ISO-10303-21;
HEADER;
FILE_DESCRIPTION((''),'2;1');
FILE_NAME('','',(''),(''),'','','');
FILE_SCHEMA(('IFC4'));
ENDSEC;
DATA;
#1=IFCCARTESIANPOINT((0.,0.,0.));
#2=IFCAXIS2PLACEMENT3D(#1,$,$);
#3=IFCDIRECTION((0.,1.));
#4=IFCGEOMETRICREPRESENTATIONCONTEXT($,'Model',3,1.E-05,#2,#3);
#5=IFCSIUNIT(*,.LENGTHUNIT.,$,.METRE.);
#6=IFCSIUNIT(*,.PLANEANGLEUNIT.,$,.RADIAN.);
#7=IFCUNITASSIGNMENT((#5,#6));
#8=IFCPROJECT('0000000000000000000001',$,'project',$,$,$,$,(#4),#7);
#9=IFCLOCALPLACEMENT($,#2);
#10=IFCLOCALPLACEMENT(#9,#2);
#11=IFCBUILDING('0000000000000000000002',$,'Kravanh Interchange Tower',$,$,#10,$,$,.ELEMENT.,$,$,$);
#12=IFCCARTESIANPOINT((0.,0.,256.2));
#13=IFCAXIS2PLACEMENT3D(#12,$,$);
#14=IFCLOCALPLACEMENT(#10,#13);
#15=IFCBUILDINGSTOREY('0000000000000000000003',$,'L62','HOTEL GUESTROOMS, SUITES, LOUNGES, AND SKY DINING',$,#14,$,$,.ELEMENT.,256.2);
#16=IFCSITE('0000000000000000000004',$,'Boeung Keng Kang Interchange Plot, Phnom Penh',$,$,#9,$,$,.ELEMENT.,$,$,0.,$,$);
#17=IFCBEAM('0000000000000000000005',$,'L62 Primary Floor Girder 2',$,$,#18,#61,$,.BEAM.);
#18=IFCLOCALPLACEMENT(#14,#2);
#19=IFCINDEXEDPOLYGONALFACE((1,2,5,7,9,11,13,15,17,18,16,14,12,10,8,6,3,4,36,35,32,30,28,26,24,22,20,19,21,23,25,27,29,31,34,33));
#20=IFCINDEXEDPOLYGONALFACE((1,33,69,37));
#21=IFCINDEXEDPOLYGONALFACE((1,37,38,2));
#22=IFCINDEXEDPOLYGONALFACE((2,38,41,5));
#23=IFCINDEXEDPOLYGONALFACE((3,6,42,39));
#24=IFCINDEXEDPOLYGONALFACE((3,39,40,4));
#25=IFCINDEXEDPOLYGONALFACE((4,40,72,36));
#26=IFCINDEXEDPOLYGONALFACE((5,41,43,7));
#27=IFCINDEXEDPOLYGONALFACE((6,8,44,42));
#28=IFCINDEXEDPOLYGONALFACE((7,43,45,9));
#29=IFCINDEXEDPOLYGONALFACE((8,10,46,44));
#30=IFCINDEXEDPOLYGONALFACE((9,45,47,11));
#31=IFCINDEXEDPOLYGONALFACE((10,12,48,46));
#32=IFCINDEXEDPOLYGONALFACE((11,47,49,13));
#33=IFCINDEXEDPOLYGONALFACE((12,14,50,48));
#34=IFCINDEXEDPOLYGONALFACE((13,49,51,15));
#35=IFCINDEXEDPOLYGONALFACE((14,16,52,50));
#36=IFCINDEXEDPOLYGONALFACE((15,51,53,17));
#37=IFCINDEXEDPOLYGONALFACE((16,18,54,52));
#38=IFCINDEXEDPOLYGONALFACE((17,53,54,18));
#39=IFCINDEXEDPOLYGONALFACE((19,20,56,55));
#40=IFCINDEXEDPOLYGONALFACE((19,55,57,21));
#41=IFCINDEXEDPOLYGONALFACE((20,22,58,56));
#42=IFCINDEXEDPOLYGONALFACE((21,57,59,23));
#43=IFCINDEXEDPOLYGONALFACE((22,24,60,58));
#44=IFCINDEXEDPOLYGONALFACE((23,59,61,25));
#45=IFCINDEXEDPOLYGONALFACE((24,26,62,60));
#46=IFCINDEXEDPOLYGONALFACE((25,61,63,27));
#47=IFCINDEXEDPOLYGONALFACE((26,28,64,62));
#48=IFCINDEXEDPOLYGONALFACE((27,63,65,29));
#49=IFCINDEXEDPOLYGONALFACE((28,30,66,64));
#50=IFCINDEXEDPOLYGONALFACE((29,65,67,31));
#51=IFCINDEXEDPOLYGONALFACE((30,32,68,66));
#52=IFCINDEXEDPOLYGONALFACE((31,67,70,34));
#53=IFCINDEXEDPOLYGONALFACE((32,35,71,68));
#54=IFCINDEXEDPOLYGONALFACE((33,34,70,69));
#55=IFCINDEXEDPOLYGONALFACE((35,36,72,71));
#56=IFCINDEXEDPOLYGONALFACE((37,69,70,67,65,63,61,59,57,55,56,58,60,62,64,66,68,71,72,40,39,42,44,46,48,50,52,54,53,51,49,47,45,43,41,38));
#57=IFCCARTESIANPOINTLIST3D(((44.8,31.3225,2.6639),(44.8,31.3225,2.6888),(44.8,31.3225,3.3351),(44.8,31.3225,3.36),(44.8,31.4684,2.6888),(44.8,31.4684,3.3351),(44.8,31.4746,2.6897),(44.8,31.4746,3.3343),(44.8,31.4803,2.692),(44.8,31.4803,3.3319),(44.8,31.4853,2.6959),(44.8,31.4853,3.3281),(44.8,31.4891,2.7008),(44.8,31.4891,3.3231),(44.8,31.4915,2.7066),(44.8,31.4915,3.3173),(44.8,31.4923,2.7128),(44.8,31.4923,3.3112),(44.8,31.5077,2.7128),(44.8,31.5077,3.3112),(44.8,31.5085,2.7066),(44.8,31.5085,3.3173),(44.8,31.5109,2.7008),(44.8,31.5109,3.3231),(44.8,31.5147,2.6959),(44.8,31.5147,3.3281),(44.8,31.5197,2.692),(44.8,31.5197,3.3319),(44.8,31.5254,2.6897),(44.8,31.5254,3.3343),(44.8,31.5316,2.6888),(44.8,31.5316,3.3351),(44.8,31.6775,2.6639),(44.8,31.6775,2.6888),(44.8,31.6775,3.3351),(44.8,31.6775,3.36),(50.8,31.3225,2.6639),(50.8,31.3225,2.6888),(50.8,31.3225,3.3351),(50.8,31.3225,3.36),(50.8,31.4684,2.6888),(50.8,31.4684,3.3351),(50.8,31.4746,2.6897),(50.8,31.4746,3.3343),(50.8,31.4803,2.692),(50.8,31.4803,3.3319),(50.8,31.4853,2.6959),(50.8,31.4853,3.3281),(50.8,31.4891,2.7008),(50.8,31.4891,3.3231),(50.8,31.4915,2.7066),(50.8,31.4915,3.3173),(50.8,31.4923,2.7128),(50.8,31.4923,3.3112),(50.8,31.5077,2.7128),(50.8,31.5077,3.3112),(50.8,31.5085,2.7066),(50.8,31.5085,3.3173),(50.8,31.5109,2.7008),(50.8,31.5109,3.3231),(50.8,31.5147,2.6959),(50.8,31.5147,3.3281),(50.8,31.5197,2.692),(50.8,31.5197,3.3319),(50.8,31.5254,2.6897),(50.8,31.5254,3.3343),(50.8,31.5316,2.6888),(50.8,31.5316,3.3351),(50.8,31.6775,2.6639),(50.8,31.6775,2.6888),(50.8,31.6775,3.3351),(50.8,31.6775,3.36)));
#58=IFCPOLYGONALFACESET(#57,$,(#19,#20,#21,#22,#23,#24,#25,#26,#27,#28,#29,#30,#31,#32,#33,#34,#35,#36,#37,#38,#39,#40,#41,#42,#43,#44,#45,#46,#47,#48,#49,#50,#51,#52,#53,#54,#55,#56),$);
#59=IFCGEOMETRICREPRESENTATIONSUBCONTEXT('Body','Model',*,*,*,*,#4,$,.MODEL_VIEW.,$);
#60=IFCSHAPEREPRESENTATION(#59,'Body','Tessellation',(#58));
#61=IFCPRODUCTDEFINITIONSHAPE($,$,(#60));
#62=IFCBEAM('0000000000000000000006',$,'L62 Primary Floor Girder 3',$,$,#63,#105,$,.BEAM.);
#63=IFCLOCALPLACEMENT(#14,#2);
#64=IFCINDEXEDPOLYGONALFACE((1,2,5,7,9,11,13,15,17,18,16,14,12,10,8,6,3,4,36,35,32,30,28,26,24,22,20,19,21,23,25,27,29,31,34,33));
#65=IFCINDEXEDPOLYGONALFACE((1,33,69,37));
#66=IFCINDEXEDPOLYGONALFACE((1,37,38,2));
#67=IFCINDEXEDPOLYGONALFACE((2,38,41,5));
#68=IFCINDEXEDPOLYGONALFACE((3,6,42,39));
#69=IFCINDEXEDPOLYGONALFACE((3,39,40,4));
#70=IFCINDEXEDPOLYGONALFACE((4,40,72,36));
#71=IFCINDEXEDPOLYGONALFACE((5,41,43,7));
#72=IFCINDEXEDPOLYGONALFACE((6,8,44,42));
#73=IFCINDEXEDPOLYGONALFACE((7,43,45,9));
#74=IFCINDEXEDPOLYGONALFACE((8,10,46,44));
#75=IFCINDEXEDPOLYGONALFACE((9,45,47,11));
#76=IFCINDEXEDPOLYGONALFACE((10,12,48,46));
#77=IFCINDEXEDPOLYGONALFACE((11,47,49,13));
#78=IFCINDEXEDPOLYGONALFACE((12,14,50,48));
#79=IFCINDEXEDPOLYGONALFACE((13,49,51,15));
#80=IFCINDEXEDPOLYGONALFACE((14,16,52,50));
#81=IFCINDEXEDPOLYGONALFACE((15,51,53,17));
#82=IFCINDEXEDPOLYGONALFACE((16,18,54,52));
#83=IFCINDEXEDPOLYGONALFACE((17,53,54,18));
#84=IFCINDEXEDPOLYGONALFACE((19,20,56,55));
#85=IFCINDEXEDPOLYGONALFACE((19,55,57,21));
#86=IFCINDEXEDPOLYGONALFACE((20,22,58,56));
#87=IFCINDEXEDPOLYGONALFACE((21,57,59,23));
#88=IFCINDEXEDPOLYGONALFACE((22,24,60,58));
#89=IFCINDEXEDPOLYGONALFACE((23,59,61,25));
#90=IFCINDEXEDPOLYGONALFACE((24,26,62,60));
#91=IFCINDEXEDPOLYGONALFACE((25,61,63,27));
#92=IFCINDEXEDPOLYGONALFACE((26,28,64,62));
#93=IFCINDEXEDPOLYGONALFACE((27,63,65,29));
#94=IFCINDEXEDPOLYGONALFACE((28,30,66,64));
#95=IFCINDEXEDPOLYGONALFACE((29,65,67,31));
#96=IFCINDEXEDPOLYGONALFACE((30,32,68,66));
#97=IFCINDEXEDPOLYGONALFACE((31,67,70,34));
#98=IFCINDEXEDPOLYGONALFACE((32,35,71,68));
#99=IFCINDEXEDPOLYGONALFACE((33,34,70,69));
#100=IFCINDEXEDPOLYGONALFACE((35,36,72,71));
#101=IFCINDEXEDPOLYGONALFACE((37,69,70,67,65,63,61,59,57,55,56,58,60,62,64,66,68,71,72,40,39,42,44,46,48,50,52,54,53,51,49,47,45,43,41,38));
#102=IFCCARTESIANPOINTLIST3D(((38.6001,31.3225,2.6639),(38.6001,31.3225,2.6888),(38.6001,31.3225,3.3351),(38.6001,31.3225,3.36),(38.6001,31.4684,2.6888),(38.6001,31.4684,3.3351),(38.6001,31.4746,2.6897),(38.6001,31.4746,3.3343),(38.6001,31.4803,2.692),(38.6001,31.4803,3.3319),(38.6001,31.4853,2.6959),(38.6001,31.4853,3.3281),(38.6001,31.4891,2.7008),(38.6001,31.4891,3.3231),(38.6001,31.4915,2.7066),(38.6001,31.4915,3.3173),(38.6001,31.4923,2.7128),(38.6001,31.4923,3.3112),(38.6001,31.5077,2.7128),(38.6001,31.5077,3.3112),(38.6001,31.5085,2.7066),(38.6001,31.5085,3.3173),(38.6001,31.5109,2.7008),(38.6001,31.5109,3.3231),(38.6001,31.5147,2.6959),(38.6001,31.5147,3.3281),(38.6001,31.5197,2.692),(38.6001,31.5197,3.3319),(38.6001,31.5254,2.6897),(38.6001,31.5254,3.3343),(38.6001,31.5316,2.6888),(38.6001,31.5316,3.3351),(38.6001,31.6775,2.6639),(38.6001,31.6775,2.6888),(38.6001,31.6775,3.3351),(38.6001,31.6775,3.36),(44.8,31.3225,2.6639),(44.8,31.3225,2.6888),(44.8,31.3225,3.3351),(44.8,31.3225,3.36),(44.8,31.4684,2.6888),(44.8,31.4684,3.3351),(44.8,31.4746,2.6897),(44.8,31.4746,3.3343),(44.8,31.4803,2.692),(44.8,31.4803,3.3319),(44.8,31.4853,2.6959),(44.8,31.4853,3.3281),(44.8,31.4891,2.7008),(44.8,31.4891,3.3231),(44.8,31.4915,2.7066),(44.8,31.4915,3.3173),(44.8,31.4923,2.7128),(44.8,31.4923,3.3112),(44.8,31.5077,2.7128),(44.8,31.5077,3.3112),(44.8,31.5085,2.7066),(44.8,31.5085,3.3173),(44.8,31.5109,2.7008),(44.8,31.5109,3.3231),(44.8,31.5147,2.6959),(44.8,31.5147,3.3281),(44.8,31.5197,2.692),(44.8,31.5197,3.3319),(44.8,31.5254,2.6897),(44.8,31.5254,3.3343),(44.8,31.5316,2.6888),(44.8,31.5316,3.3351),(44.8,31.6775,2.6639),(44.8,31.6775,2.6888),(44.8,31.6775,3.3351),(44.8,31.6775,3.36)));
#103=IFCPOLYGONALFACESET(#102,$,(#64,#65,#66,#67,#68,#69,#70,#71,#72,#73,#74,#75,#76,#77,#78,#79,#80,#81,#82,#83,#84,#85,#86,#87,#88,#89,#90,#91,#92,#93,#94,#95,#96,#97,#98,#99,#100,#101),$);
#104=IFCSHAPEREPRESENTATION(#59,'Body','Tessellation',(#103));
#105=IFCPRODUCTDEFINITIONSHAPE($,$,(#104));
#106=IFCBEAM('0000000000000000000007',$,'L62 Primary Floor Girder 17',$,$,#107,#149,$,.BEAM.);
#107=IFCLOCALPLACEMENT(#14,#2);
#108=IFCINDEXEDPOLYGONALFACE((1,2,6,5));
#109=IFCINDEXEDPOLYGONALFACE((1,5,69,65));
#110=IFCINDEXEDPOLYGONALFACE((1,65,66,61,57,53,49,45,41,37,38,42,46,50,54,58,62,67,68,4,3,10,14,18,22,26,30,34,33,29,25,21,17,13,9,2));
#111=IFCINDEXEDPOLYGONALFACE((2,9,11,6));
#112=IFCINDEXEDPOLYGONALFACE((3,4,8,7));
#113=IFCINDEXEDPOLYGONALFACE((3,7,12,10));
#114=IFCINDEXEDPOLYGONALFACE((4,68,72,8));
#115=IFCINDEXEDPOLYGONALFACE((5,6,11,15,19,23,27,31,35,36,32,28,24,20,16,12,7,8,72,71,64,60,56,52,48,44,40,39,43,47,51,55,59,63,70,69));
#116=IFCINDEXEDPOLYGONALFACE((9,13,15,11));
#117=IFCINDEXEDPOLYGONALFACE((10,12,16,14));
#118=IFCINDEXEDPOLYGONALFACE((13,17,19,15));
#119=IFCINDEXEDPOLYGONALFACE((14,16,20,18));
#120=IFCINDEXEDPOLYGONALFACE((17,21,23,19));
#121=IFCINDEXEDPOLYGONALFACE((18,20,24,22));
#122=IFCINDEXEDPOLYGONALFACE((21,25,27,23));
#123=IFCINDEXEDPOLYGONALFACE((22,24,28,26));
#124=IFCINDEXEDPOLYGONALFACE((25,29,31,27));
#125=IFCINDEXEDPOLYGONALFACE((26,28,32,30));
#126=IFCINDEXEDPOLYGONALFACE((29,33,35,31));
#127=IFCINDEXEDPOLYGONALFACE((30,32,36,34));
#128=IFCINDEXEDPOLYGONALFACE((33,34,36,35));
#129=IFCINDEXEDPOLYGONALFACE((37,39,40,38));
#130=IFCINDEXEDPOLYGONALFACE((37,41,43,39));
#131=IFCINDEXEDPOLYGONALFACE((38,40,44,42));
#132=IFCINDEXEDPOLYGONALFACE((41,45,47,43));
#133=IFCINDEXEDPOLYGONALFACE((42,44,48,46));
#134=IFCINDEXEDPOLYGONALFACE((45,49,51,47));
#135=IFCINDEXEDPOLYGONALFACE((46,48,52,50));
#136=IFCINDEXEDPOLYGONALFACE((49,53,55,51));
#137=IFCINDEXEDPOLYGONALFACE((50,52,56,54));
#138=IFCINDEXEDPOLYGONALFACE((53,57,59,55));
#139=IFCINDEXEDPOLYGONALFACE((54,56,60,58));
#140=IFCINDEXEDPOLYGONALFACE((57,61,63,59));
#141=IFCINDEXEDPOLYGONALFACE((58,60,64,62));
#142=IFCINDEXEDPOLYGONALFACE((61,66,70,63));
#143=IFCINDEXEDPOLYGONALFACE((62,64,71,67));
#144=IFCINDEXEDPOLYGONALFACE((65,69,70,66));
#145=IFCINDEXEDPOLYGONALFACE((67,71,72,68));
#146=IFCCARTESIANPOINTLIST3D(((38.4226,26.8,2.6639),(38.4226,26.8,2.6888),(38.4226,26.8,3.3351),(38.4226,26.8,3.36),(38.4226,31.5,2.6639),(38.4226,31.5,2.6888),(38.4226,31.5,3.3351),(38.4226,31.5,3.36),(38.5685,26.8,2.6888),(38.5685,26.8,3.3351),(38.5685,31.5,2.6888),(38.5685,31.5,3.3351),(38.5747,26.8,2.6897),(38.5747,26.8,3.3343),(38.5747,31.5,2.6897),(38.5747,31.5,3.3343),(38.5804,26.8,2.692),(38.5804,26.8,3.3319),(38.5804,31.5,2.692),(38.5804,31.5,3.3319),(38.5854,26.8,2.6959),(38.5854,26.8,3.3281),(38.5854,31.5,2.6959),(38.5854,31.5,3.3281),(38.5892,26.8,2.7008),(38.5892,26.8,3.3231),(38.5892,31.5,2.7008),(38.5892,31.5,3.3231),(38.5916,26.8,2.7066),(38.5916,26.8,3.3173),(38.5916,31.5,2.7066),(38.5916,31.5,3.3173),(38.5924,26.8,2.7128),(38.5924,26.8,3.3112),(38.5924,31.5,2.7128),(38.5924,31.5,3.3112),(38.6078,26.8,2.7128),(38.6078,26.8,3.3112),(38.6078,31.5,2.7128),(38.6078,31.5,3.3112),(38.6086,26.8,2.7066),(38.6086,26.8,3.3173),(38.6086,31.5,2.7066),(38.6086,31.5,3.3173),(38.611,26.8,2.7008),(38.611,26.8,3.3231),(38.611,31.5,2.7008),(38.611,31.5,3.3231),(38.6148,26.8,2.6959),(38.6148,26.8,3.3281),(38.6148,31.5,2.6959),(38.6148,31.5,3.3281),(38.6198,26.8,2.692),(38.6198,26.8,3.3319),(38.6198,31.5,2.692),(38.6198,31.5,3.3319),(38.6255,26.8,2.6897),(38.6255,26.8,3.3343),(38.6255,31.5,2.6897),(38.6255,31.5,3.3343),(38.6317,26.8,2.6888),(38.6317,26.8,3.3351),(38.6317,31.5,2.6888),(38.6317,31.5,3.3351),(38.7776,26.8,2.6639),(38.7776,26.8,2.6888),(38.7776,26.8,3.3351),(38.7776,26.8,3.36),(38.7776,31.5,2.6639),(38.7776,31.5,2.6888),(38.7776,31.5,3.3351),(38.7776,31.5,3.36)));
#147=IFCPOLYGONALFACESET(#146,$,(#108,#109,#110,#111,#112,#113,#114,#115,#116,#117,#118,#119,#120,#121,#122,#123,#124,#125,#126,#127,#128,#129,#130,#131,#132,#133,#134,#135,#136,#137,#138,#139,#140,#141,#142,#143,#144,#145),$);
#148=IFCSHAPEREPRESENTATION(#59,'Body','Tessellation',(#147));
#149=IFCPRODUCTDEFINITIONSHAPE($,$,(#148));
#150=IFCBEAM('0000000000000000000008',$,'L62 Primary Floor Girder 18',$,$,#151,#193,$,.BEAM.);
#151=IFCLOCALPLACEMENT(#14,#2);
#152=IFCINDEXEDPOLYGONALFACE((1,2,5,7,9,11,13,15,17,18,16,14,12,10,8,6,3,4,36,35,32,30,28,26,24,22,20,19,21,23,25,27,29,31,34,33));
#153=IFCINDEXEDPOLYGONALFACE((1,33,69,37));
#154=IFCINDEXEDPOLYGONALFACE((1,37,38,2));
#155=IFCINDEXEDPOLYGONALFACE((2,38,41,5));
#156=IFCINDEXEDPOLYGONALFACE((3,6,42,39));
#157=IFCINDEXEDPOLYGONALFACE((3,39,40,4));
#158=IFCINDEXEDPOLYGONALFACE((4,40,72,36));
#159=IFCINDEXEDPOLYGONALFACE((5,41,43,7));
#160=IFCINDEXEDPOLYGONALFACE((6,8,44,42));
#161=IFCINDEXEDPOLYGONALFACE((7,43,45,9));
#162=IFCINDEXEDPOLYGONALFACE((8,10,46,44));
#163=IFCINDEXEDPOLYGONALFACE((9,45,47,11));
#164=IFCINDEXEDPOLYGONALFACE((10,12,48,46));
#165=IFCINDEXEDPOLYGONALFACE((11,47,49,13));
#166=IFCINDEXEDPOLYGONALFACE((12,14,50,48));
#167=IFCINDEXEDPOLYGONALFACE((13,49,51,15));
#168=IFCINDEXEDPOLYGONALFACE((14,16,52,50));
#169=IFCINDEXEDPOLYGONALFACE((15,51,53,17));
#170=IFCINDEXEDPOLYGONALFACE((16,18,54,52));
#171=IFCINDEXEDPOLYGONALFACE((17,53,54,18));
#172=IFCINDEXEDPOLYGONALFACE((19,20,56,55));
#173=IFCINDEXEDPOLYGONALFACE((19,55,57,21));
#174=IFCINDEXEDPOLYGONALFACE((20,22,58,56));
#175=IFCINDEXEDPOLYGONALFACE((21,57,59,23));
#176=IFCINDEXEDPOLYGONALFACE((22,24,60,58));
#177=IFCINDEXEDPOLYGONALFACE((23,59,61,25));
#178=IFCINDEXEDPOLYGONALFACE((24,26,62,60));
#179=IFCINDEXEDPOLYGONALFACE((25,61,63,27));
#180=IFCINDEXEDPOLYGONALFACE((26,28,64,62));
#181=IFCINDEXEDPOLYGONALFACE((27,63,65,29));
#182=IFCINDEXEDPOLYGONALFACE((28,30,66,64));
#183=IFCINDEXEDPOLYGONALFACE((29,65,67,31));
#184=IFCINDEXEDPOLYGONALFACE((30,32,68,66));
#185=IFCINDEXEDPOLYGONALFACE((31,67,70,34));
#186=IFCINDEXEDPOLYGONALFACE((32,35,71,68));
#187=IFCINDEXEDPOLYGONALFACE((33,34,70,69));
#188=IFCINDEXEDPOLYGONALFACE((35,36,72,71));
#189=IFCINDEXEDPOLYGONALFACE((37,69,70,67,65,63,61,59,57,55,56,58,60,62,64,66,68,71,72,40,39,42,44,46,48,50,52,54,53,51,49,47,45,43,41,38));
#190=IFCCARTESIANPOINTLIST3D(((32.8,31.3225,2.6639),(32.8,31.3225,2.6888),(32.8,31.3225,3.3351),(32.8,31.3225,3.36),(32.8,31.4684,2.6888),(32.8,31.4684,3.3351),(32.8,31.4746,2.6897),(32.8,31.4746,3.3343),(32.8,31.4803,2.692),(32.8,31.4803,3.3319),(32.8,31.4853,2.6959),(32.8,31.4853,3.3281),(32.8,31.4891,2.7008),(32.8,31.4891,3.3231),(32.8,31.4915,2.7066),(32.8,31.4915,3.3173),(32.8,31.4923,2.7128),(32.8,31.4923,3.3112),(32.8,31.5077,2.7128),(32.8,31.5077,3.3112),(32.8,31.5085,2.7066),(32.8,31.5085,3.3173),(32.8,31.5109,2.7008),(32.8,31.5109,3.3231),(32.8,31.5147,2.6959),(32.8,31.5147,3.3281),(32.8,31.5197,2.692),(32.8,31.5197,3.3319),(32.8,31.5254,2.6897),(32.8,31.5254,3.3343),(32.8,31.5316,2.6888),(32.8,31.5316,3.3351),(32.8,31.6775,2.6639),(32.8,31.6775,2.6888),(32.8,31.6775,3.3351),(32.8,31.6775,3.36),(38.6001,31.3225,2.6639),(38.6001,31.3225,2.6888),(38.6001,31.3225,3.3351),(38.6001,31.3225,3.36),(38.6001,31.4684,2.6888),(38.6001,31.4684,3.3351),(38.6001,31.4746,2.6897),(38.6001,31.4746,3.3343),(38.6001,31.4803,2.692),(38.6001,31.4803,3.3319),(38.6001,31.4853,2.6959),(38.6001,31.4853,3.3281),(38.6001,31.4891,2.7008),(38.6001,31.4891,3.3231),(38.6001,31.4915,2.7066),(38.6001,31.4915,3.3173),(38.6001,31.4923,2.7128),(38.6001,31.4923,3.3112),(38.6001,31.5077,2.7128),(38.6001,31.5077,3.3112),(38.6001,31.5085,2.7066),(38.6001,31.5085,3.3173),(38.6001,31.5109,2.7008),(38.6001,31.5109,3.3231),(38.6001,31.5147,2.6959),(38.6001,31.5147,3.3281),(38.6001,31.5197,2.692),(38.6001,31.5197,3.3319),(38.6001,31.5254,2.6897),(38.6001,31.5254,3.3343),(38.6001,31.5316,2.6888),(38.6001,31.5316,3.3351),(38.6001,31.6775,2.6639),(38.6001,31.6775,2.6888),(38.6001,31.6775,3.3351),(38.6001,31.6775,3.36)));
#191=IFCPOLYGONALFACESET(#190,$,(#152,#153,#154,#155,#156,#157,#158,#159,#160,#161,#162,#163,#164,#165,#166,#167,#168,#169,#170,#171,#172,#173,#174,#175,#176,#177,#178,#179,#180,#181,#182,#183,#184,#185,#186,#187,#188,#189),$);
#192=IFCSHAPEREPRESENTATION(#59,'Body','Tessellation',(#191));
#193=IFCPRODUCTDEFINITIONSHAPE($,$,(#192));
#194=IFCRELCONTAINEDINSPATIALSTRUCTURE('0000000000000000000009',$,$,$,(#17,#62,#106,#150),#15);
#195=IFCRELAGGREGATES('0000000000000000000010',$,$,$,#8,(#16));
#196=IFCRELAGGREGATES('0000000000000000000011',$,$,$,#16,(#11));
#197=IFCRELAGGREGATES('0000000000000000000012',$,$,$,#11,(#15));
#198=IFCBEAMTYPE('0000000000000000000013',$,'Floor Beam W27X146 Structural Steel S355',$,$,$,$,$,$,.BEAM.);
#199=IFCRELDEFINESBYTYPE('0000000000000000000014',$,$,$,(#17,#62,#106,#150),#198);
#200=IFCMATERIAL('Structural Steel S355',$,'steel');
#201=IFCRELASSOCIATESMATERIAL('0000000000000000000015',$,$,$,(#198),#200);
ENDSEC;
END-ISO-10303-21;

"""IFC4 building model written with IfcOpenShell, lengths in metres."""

from ifc_helpers import new_model, si_unit, direction, frame, origin, origin_2d, place, context, subcontext, project, spatial, i_section, extrude, material, material_profile, profile_set, type_object, element, save


model = new_model("IFC4")

# Units and contexts
model_context = context("Model", 3, precision=1e-05, world=origin(), true_north=direction((0.0, 1.0)))
body_context = subcontext(model_context, "Body", "Model", "MODEL_VIEW")
ifc_project = project(units=[si_unit("LENGTHUNIT", "METRE"), si_unit("PLANEANGLEUNIT", "RADIAN")], contexts=[model_context])

# Site, building, storey
site_placement = place(None, origin())
site = spatial("IfcSite", under=ifc_project, at=site_placement, Name="Boeung Keng Kang Interchange Plot, Phnom Penh", CompositionType="ELEMENT", RefElevation=0.0)
building_placement = place(site_placement, origin())
building = spatial("IfcBuilding", under=site, at=building_placement, Name="Kravanh Interchange Tower", CompositionType="ELEMENT")
storey_placement = place(building_placement, frame((0.0, 0.0, 256.2)))
storey = spatial("IfcBuildingStorey", under=building, at=storey_placement, Name="L62", Description="HOTEL GUESTROOMS, SUITES, LOUNGES, AND SKY DINING", CompositionType="ELEMENT", Elevation=256.2)

# Beams
ifc_material_1 = material(Name="Structural Steel S355", Category="steel")
ifc_material_profile_1 = material_profile(ifc_material_1, i_section(OverallWidth=0.355, OverallDepth=0.696, WebThickness=0.0154, FlangeThickness=0.0249, FilletRadius=0.0239, at=origin_2d()), Name="W27X146")
ifc_profile_set_1 = profile_set([ifc_material_profile_1], Name="Structural Steel S355")
beam_type_1 = type_object("IfcBeamType", Name="Floor Beam W27X146 Structural Steel S355", PredefinedType="BEAM", material=ifc_profile_set_1)
beam_1_placement = place(storey_placement, frame((44.8, 31.5, 3.012), z_axis=(1.0, 0.0, 0.0), x_axis=(0.0, 1.0, 0.0)))
element("IfcBeam", 1, at=beam_1_placement, inside=storey, type_object=beam_type_1, Name="L62 Primary Floor Girder 2", PredefinedType="BEAM", context=body_context, shape_type="SweptSolid", body=[
    extrude(i_section(OverallWidth=0.355, OverallDepth=0.696, WebThickness=0.0154, FlangeThickness=0.0249, FilletRadius=0.0239, at=origin_2d()), origin(), (0.0, 0.0, 1.0), 6.0),
])
beam_2_placement = place(storey_placement, frame((44.8, 31.5, 3.012), z_axis=(-1.0, 0.0, 0.0), x_axis=(0.0, -1.0, 0.0)))
element("IfcBeam", 2, at=beam_2_placement, inside=storey, type_object=beam_type_1, Name="L62 Primary Floor Girder 3", PredefinedType="BEAM", context=body_context, shape_type="SweptSolid", body=[
    extrude(i_section(OverallWidth=0.355, OverallDepth=0.696, WebThickness=0.0154, FlangeThickness=0.0249, FilletRadius=0.0239, at=origin_2d()), origin(), (0.0, 0.0, 1.0), 6.2),
])
beam_3_placement = place(storey_placement, frame((38.6001, 31.5, 3.012), z_axis=(0.0, -1.0, 0.0), x_axis=(1.0, 0.0, 0.0)))
element("IfcBeam", 3, at=beam_3_placement, inside=storey, type_object=beam_type_1, Name="L62 Primary Floor Girder 17", PredefinedType="BEAM", context=body_context, shape_type="SweptSolid", body=[
    extrude(i_section(OverallWidth=0.355, OverallDepth=0.696, WebThickness=0.0154, FlangeThickness=0.0249, FilletRadius=0.0239, at=origin_2d()), origin(), (0.0, 0.0, 1.0), 4.7),
])
beam_4_placement = place(storey_placement, frame((38.6001, 31.5, 3.012), z_axis=(-1.0, 0.0, 0.0), x_axis=(0.0, -1.0, 0.0)))
element("IfcBeam", 4, at=beam_4_placement, inside=storey, type_object=beam_type_1, Name="L62 Primary Floor Girder 18", PredefinedType="BEAM", context=body_context, shape_type="SweptSolid", body=[
    extrude(i_section(OverallWidth=0.355, OverallDepth=0.696, WebThickness=0.0154, FlangeThickness=0.0249, FilletRadius=0.0239, at=origin_2d()), origin(), (0.0, 0.0, 1.0), 5.8),
])

save(model, "model.ifc")
